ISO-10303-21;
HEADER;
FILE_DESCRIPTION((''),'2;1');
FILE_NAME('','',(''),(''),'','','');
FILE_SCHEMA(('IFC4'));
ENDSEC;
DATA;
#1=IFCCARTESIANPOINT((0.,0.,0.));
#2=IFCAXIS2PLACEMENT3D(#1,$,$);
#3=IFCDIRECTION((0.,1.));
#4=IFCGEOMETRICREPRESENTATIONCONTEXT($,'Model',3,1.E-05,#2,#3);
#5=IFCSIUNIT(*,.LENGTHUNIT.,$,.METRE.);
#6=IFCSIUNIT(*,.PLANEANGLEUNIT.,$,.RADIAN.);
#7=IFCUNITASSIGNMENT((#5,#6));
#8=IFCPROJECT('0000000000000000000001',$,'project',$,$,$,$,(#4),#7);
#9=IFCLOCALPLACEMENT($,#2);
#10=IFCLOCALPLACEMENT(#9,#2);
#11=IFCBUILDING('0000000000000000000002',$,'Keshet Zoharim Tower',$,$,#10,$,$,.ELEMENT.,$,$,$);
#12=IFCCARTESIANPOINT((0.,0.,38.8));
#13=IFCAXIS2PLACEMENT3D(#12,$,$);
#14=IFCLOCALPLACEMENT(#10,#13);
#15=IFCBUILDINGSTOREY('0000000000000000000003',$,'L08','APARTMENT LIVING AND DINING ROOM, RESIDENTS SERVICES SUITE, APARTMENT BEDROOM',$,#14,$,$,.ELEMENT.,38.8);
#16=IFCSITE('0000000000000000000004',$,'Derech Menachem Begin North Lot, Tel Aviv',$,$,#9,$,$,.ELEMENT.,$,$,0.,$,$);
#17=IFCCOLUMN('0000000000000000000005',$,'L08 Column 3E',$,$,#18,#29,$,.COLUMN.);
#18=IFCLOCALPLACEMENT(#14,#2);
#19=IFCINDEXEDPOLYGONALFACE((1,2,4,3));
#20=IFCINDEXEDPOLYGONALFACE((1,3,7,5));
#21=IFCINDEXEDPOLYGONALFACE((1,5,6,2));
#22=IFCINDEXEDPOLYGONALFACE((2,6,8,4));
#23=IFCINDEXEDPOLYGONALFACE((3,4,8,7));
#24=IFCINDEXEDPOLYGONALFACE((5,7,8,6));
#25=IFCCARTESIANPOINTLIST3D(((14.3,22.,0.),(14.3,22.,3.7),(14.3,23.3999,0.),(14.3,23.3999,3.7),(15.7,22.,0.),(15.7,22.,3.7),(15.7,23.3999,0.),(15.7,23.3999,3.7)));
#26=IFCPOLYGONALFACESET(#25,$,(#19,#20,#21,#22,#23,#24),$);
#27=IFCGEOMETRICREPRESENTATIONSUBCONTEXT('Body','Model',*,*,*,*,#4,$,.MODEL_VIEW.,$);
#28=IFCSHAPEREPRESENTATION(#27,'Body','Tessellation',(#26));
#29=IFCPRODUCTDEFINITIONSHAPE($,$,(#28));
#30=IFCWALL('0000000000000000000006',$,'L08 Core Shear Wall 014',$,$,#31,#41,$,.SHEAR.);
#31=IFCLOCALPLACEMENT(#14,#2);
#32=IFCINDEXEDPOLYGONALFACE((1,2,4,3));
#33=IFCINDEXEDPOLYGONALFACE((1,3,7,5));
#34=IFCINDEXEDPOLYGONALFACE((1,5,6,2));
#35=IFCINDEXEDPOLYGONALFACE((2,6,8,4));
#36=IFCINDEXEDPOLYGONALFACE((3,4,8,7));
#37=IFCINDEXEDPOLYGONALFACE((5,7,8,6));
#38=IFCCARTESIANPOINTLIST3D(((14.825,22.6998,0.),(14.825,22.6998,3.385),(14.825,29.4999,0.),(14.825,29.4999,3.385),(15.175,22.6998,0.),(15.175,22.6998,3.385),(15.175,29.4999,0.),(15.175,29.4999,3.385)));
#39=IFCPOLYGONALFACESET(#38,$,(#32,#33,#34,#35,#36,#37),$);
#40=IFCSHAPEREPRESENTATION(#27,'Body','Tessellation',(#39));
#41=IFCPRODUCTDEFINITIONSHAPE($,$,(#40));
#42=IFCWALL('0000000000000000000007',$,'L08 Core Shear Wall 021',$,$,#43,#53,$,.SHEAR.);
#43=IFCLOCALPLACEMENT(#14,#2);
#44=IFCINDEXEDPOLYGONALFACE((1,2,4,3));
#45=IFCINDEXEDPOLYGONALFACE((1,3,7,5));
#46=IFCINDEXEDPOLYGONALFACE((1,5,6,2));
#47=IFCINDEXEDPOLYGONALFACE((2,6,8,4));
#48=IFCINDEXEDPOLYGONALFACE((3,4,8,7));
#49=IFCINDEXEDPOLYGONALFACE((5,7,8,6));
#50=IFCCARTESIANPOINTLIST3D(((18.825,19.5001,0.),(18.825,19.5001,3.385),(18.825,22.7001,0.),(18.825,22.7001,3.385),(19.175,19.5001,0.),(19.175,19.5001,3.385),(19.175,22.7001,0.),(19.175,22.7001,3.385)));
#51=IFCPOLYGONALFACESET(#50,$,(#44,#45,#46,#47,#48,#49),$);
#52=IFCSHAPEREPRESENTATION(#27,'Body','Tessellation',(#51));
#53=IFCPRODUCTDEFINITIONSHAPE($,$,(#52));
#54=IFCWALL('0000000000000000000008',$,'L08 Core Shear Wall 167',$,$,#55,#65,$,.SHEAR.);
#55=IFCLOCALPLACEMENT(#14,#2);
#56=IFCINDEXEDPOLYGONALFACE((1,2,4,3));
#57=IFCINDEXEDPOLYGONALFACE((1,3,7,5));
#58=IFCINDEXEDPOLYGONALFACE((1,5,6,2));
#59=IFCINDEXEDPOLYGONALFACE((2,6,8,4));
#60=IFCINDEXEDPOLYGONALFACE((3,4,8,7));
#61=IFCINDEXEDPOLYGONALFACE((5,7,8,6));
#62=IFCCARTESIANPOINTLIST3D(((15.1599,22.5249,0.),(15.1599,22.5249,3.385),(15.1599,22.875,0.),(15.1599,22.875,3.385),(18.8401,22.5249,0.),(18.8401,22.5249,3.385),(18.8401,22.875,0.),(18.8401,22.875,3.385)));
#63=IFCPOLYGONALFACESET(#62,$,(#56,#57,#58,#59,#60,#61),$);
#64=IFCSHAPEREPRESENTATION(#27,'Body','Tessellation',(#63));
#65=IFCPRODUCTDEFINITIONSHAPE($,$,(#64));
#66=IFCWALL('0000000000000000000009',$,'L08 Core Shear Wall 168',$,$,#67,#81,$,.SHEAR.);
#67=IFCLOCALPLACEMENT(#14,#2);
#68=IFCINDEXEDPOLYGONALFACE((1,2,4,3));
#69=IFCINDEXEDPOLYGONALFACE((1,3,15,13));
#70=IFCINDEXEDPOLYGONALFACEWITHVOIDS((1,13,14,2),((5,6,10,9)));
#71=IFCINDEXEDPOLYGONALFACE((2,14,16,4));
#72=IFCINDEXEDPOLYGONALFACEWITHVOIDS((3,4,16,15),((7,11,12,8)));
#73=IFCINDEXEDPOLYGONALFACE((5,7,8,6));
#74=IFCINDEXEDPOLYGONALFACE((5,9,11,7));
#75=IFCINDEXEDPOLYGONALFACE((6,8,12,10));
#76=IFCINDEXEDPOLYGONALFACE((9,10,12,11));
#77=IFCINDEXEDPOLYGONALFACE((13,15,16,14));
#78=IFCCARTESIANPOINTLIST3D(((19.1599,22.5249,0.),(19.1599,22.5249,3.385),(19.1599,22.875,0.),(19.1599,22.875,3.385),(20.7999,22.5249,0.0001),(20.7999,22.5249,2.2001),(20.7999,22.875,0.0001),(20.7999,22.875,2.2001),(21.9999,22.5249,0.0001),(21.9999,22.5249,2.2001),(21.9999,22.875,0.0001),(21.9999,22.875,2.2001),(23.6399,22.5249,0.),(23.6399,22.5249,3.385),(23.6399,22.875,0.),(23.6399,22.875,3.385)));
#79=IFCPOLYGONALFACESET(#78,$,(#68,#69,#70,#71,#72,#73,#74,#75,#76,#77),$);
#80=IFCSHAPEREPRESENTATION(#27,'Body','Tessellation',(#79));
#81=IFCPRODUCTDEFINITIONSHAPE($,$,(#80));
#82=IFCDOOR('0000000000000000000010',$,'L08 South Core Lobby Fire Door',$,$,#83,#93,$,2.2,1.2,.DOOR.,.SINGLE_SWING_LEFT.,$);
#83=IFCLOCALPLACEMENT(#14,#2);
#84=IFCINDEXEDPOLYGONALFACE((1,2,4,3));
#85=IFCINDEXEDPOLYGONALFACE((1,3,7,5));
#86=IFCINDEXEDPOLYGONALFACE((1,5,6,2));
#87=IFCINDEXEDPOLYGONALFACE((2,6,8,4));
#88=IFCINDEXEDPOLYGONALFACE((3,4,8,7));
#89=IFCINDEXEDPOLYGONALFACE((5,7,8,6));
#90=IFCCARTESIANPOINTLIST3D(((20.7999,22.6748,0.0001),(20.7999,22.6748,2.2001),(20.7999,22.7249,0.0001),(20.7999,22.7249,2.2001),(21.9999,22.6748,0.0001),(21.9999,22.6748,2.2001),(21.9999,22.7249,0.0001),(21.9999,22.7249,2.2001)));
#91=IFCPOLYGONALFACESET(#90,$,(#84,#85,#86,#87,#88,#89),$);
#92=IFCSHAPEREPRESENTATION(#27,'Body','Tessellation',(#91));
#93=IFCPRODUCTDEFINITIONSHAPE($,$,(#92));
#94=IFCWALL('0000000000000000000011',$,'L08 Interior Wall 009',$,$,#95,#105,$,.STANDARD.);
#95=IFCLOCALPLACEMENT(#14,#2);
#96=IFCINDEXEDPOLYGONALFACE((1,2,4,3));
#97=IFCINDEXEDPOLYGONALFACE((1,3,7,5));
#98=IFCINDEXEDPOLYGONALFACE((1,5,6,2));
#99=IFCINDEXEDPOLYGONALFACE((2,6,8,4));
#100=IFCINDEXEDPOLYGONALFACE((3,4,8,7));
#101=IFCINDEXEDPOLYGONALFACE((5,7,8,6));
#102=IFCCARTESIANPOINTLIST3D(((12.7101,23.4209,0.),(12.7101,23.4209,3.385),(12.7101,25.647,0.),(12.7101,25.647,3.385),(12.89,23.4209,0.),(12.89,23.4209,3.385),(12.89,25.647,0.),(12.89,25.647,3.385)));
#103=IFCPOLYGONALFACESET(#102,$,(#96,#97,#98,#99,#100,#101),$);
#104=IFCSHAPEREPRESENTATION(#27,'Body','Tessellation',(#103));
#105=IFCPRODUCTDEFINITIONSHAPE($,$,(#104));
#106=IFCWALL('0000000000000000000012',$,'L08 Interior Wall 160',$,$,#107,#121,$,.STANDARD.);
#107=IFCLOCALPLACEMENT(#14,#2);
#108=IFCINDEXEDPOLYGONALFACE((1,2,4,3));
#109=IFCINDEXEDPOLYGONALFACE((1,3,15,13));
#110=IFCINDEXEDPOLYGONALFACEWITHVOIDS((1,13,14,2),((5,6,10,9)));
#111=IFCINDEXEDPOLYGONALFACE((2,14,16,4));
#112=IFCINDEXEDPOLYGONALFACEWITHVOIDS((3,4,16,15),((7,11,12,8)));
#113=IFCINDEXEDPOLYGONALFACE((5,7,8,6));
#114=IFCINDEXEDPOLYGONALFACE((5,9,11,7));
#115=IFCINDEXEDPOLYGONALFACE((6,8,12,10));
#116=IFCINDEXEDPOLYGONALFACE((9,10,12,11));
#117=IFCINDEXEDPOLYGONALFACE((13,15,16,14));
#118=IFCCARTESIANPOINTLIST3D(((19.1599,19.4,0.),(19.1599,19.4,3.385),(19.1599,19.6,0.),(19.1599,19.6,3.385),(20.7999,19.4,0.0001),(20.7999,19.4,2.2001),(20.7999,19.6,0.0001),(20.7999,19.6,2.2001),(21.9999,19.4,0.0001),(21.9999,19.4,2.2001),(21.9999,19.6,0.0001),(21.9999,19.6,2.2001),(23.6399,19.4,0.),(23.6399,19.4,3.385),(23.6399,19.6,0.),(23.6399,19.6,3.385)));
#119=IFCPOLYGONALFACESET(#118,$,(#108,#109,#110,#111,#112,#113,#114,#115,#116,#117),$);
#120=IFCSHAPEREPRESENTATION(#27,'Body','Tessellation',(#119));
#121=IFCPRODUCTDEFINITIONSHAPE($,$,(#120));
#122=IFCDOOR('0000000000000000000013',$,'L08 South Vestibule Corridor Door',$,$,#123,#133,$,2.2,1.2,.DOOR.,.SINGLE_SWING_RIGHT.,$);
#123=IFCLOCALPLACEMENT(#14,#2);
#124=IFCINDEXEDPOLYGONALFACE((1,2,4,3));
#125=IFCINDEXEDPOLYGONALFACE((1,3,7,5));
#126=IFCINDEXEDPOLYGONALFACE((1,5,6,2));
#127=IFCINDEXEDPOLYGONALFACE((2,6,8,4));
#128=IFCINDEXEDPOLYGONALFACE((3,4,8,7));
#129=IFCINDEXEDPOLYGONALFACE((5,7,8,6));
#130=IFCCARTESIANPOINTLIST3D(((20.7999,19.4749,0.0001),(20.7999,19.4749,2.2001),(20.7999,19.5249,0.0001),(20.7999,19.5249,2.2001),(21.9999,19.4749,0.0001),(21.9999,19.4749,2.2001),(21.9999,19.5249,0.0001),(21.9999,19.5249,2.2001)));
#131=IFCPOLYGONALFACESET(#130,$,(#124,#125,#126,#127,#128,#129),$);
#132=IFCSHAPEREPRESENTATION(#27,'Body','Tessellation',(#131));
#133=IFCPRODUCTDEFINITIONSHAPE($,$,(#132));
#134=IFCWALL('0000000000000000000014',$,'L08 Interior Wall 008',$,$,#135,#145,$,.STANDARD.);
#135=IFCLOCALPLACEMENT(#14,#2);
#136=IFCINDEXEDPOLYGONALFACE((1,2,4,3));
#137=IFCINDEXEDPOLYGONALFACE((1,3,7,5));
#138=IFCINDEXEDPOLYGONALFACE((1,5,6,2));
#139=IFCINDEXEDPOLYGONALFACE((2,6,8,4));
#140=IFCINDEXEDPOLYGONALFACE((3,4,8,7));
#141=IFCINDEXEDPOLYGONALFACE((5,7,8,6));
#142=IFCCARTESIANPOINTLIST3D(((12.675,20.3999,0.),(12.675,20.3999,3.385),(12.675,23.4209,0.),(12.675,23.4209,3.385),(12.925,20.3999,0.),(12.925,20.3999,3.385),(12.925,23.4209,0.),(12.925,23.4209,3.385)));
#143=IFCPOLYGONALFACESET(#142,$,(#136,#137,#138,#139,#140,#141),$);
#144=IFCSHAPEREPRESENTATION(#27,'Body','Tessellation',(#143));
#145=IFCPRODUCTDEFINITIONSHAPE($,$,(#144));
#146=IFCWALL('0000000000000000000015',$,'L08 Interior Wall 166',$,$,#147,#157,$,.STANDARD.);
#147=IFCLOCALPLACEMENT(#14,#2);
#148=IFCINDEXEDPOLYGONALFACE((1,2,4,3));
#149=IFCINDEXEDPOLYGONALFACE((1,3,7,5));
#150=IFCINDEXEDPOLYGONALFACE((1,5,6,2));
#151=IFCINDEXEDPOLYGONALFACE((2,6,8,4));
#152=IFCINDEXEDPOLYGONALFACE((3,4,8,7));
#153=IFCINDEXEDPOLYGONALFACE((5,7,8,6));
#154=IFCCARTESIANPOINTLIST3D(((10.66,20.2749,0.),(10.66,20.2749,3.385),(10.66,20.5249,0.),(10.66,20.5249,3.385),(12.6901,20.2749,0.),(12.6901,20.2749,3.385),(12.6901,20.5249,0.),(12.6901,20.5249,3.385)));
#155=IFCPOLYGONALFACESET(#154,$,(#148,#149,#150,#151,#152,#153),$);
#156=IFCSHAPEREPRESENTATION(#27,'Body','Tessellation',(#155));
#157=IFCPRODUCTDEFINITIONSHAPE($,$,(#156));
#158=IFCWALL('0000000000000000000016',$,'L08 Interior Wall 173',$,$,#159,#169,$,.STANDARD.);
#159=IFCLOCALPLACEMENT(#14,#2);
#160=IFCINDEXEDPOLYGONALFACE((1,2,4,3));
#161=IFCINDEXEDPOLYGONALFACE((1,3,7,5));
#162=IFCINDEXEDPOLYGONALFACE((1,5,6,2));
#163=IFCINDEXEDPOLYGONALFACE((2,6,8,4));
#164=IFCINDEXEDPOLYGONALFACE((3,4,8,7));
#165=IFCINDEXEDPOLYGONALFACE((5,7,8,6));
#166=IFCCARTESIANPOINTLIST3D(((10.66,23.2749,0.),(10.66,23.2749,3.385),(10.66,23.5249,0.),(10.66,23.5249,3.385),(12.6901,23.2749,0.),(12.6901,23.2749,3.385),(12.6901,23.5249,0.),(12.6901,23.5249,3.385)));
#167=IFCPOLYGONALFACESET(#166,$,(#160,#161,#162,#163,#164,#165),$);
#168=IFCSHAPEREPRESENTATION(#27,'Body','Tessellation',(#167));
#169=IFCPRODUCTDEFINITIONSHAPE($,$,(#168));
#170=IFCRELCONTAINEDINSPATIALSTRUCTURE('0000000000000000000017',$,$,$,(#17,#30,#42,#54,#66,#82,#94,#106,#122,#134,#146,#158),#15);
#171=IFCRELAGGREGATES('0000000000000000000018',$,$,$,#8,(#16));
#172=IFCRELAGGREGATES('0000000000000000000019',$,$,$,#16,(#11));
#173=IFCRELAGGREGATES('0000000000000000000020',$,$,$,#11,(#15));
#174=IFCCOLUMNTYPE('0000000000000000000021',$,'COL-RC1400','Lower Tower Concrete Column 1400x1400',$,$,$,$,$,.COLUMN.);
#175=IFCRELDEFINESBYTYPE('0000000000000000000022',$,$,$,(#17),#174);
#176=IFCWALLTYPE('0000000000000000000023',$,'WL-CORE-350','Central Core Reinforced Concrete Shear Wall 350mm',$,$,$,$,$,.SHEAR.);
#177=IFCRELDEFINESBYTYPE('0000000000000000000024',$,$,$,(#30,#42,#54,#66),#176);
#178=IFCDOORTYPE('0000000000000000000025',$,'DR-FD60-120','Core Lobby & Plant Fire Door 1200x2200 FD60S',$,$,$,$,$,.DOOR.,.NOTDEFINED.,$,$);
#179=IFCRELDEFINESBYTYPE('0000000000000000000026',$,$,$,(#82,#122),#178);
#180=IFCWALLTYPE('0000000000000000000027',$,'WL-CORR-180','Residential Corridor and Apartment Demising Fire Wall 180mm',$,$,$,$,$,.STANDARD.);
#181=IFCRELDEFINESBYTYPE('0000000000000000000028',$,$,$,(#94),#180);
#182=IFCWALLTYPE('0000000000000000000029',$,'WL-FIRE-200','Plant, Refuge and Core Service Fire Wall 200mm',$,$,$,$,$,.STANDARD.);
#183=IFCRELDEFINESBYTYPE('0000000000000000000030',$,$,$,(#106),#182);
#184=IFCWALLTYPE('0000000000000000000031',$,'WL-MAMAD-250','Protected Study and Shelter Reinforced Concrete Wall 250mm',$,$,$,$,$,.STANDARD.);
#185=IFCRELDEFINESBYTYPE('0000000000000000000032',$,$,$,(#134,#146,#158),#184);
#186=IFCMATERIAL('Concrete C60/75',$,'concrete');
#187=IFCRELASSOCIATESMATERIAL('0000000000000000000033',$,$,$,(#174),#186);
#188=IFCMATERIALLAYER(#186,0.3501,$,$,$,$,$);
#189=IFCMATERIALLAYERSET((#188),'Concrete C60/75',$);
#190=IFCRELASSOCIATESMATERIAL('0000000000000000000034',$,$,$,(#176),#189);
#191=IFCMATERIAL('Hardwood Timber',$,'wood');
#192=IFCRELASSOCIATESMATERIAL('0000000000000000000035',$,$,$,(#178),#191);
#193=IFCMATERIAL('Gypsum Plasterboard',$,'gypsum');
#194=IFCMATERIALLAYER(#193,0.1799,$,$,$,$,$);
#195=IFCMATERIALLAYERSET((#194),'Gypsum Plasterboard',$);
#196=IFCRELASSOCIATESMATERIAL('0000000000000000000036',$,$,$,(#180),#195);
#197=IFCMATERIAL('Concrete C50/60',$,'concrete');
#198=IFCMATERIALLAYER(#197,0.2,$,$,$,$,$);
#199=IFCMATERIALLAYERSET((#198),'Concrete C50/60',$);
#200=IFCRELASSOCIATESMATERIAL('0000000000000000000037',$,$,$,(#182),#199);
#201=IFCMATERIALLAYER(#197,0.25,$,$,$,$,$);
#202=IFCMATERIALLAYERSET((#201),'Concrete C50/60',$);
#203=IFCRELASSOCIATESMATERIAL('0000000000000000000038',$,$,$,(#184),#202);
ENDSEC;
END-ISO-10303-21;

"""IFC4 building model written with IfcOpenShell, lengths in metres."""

from ifc_helpers import new_model, si_unit, direction, frame, frame_2d, origin, origin_2d, place, context, subcontext, project, spatial, rectangle, extrude, material, layer, layer_set, material_profile, profile_set, type_object, element, fill, save


model = new_model("IFC4")

# Units and contexts
model_context = context("Model", 3, precision=1e-05, world=origin(), true_north=direction((0.0, 1.0)))
body_context = subcontext(model_context, "Body", "Model", "MODEL_VIEW")
ifc_project = project(units=[si_unit("LENGTHUNIT", "METRE"), si_unit("PLANEANGLEUNIT", "RADIAN")], contexts=[model_context])

# Site, building, storey
site_placement = place(None, origin())
site = spatial("IfcSite", under=ifc_project, at=site_placement, Name="Derech Menachem Begin North Lot, Tel Aviv", CompositionType="ELEMENT", RefElevation=0.0)
building_placement = place(site_placement, origin())
building = spatial("IfcBuilding", under=site, at=building_placement, Name="Keshet Zoharim Tower", CompositionType="ELEMENT")
storey_placement = place(building_placement, frame((0.0, 0.0, 38.8)))
storey = spatial("IfcBuildingStorey", under=building, at=storey_placement, Name="L08", Description="APARTMENT LIVING AND DINING ROOM, RESIDENTS SERVICES SUITE, APARTMENT BEDROOM", CompositionType="ELEMENT", Elevation=38.8)

# Column
ifc_material_1 = material(Name="Concrete C60/75", Category="concrete")
ifc_material_profile = material_profile(ifc_material_1, rectangle(XDim=1.3999, YDim=1.3999, at=origin_2d()), Name="RC1400x1400")
ifc_profile_set = profile_set([ifc_material_profile], Name="Concrete C60/75")
column_type = type_object("IfcColumnType", Name="COL-RC1400", Description="Lower Tower Concrete Column 1400x1400", PredefinedType="COLUMN", material=ifc_profile_set)
column_placement = place(storey_placement, frame((15.0, 22.7, 0.0), z_axis=(0.0, 0.0, 1.0), x_axis=(1.0, 0.0, 0.0)))
element("IfcColumn", 1, at=column_placement, inside=storey, type_object=column_type, Name="L08 Column 3E", PredefinedType="COLUMN", context=body_context, shape_type="SweptSolid", body=[
    extrude(rectangle(XDim=1.3999, YDim=1.3999, at=origin_2d()), origin(), (0.0, 0.0, 1.0), 3.7),
])

# Walls
ifc_layer_1 = layer(ifc_material_1, 0.3501)
ifc_layer_set_1 = layer_set([ifc_layer_1], Name="Concrete C60/75")
wall_type_1 = type_object("IfcWallType", Name="WL-CORE-350", Description="Central Core Reinforced Concrete Shear Wall 350mm", PredefinedType="SHEAR", material=ifc_layer_set_1)
wall_1_placement = place(storey_placement, frame((15.0, 22.7, 0.0), z_axis=(0.0, 0.0, 1.0), x_axis=(0.0, 1.0, 0.0)))
element("IfcWall", 2, at=wall_1_placement, inside=storey, type_object=wall_type_1, Name="L08 Core Shear Wall 014", PredefinedType="SHEAR", context=body_context, shape_type="SweptSolid", body=[
    extrude(rectangle(XDim=6.8, YDim=0.3501, at=frame_2d((3.3999, 0.0))), origin(), (0.0, 0.0, 1.0), 3.385),
])
wall_2_placement = place(storey_placement, frame((19.0, 19.5, 0.0), z_axis=(0.0, 0.0, 1.0), x_axis=(0.0, 1.0, 0.0)))
element("IfcWall", 3, at=wall_2_placement, inside=storey, type_object=wall_type_1, Name="L08 Core Shear Wall 021", PredefinedType="SHEAR", context=body_context, shape_type="SweptSolid", body=[
    extrude(rectangle(XDim=3.2, YDim=0.3501, at=frame_2d((1.6001, 0.0))), origin(), (0.0, 0.0, 1.0), 3.385),
])

# Shared definitions
ifc_material_2 = material(Name="Hardwood Timber", Category="wood")

# Wall
wall_3_placement = place(storey_placement, frame((15.1599, 22.7, 0.0), z_axis=(0.0, 0.0, 1.0), x_axis=(1.0, 0.0, 0.0)))
element("IfcWall", 4, at=wall_3_placement, inside=storey, type_object=wall_type_1, Name="L08 Core Shear Wall 167", PredefinedType="SHEAR", context=body_context, shape_type="SweptSolid", body=[
    extrude(rectangle(XDim=3.6802, YDim=0.3501, at=frame_2d((1.8401, 0.0))), origin(), (0.0, 0.0, 1.0), 3.385),
])

# Wall, opening, door
wall_4_placement = place(storey_placement, frame((19.1599, 22.7, 0.0), z_axis=(0.0, 0.0, 1.0), x_axis=(1.0, 0.0, 0.0)))
wall_4 = element("IfcWall", 5, at=wall_4_placement, inside=storey, type_object=wall_type_1, Name="L08 Core Shear Wall 168", PredefinedType="SHEAR", context=body_context, shape_type="SweptSolid", body=[
    extrude(rectangle(XDim=4.48, YDim=0.3501, at=frame_2d((2.24, 0.0))), origin(), (0.0, 0.0, 1.0), 3.385),
])
opening_1_placement = place(wall_4_placement, frame((1.6399, 0.0, 0.0)))
opening_1 = element("IfcOpeningElement", 6, at=opening_1_placement, cuts=wall_4, PredefinedType="OPENING", context=body_context, shape_type="SweptSolid", body=[
    extrude(rectangle(XDim=1.2, YDim=2.2, at=frame_2d((0.6001, 1.1001))), frame((0.0, 0.1851, 0.0), z_axis=(0.0, -1.0, 0.0), x_axis=(1.0, 0.0, 0.0)), (0.0, 0.0, 1.0), 0.3701),
])
door_type_1 = type_object("IfcDoorType", Name="DR-FD60-120", Description="Core Lobby & Plant Fire Door 1200x2200 FD60S", OperationType="NOTDEFINED", PredefinedType="DOOR", material=ifc_material_2)
door_1_placement = place(opening_1_placement, origin())
door_1 = element("IfcDoor", 7, at=door_1_placement, inside=storey, type_object=door_type_1, Name="L08 South Core Lobby Fire Door", OperationType="SINGLE_SWING_LEFT", OverallHeight=2.2, OverallWidth=1.2, PredefinedType="DOOR", context=body_context, shape_type="SweptSolid", body=[
    extrude(rectangle(XDim=1.2, YDim=2.2, at=frame_2d((0.6001, 1.1001))), frame((0.0, 0.0249, 0.0), z_axis=(0.0, -1.0, 0.0), x_axis=(1.0, 0.0, 0.0)), (0.0, 0.0, 1.0), 0.05),
])
fill(opening_1, door_1)

# Wall
ifc_material_3 = material(Name="Gypsum Plasterboard", Category="gypsum")
ifc_layer_2 = layer(ifc_material_3, 0.1799)
ifc_layer_set_2 = layer_set([ifc_layer_2], Name="Gypsum Plasterboard")
wall_type_2 = type_object("IfcWallType", Name="WL-CORR-180", Description="Residential Corridor and Apartment Demising Fire Wall 180mm", PredefinedType="STANDARD", material=ifc_layer_set_2)
wall_5_placement = place(storey_placement, frame((12.8, 23.4209, 0.0), z_axis=(0.0, 0.0, 1.0), x_axis=(0.0, 1.0, 0.0)))
element("IfcWall", 8, at=wall_5_placement, inside=storey, type_object=wall_type_2, Name="L08 Interior Wall 009", PredefinedType="STANDARD", context=body_context, shape_type="SweptSolid", body=[
    extrude(rectangle(XDim=2.2261, YDim=0.1799, at=frame_2d((1.113, 0.0))), origin(), (0.0, 0.0, 1.0), 3.385),
])

# Wall, opening, door
ifc_material_4 = material(Name="Concrete C50/60", Category="concrete")
ifc_layer_3 = layer(ifc_material_4, 0.2)
ifc_layer_set_3 = layer_set([ifc_layer_3], Name="Concrete C50/60")
wall_type_3 = type_object("IfcWallType", Name="WL-FIRE-200", Description="Plant, Refuge and Core Service Fire Wall 200mm", PredefinedType="STANDARD", material=ifc_layer_set_3)
wall_6_placement = place(storey_placement, frame((19.1599, 19.5, 0.0), z_axis=(0.0, 0.0, 1.0), x_axis=(1.0, 0.0, 0.0)))
wall_6 = element("IfcWall", 9, at=wall_6_placement, inside=storey, type_object=wall_type_3, Name="L08 Interior Wall 160", PredefinedType="STANDARD", context=body_context, shape_type="SweptSolid", body=[
    extrude(rectangle(XDim=4.48, YDim=0.2, at=frame_2d((2.24, 0.0))), origin(), (0.0, 0.0, 1.0), 3.385),
])
opening_2_placement = place(wall_6_placement, frame((1.6399, 0.0, 0.0)))
opening_2 = element("IfcOpeningElement", 10, at=opening_2_placement, cuts=wall_6, PredefinedType="OPENING", context=body_context, shape_type="SweptSolid", body=[
    extrude(rectangle(XDim=1.2, YDim=2.2, at=frame_2d((0.6001, 1.1001))), frame((0.0, 0.1099, 0.0), z_axis=(0.0, -1.0, 0.0), x_axis=(1.0, 0.0, 0.0)), (0.0, 0.0, 1.0), 0.22),
])
door_2_placement = place(opening_2_placement, origin())
door_2 = element("IfcDoor", 11, at=door_2_placement, inside=storey, type_object=door_type_1, Name="L08 South Vestibule Corridor Door", OperationType="SINGLE_SWING_RIGHT", OverallHeight=2.2, OverallWidth=1.2, PredefinedType="DOOR", context=body_context, shape_type="SweptSolid", body=[
    extrude(rectangle(XDim=1.2, YDim=2.2, at=frame_2d((0.6001, 1.1001))), frame((0.0, 0.0249, 0.0), z_axis=(0.0, -1.0, 0.0), x_axis=(1.0, 0.0, 0.0)), (0.0, 0.0, 1.0), 0.05),
])
fill(opening_2, door_2)
ifc_layer_4 = layer(ifc_material_4, 0.25)
ifc_layer_set_4 = layer_set([ifc_layer_4], Name="Concrete C50/60")
wall_type_4 = type_object("IfcWallType", Name="WL-MAMAD-250", Description="Protected Study and Shelter Reinforced Concrete Wall 250mm", PredefinedType="STANDARD", material=ifc_layer_set_4)

# Walls
wall_7_placement = place(storey_placement, frame((12.8, 20.3999, 0.0), z_axis=(0.0, 0.0, 1.0), x_axis=(0.0, 1.0, 0.0)))
element("IfcWall", 12, at=wall_7_placement, inside=storey, type_object=wall_type_4, Name="L08 Interior Wall 008", PredefinedType="STANDARD", context=body_context, shape_type="SweptSolid", body=[
    extrude(rectangle(XDim=3.021, YDim=0.25, at=frame_2d((1.5105, 0.0))), origin(), (0.0, 0.0, 1.0), 3.385),
])
for number, where, z_axis, x_axis, name in (
    (13, (10.6599, 20.3999, 0.0), (0.0, 0.0, 1.0), (1.0, 0.0, 0.0), "L08 Interior Wall 166"),
    (14, (10.6599, 23.3999, 0.0), (0.0, 0.0, 1.0), (1.0, 0.0, 0.0), "L08 Interior Wall 173"),
):
    element("IfcWall", number, at=place(storey_placement, frame(where, z_axis=z_axis, x_axis=x_axis)), inside=storey, type_object=wall_type_4, Name=name, PredefinedType="STANDARD", context=body_context, shape_type="SweptSolid", body=[
        extrude(rectangle(XDim=2.03, YDim=0.25, at=frame_2d((1.0151, 0.0))), origin(), (0.0, 0.0, 1.0), 3.385),
    ])

save(model, "model.ifc")
